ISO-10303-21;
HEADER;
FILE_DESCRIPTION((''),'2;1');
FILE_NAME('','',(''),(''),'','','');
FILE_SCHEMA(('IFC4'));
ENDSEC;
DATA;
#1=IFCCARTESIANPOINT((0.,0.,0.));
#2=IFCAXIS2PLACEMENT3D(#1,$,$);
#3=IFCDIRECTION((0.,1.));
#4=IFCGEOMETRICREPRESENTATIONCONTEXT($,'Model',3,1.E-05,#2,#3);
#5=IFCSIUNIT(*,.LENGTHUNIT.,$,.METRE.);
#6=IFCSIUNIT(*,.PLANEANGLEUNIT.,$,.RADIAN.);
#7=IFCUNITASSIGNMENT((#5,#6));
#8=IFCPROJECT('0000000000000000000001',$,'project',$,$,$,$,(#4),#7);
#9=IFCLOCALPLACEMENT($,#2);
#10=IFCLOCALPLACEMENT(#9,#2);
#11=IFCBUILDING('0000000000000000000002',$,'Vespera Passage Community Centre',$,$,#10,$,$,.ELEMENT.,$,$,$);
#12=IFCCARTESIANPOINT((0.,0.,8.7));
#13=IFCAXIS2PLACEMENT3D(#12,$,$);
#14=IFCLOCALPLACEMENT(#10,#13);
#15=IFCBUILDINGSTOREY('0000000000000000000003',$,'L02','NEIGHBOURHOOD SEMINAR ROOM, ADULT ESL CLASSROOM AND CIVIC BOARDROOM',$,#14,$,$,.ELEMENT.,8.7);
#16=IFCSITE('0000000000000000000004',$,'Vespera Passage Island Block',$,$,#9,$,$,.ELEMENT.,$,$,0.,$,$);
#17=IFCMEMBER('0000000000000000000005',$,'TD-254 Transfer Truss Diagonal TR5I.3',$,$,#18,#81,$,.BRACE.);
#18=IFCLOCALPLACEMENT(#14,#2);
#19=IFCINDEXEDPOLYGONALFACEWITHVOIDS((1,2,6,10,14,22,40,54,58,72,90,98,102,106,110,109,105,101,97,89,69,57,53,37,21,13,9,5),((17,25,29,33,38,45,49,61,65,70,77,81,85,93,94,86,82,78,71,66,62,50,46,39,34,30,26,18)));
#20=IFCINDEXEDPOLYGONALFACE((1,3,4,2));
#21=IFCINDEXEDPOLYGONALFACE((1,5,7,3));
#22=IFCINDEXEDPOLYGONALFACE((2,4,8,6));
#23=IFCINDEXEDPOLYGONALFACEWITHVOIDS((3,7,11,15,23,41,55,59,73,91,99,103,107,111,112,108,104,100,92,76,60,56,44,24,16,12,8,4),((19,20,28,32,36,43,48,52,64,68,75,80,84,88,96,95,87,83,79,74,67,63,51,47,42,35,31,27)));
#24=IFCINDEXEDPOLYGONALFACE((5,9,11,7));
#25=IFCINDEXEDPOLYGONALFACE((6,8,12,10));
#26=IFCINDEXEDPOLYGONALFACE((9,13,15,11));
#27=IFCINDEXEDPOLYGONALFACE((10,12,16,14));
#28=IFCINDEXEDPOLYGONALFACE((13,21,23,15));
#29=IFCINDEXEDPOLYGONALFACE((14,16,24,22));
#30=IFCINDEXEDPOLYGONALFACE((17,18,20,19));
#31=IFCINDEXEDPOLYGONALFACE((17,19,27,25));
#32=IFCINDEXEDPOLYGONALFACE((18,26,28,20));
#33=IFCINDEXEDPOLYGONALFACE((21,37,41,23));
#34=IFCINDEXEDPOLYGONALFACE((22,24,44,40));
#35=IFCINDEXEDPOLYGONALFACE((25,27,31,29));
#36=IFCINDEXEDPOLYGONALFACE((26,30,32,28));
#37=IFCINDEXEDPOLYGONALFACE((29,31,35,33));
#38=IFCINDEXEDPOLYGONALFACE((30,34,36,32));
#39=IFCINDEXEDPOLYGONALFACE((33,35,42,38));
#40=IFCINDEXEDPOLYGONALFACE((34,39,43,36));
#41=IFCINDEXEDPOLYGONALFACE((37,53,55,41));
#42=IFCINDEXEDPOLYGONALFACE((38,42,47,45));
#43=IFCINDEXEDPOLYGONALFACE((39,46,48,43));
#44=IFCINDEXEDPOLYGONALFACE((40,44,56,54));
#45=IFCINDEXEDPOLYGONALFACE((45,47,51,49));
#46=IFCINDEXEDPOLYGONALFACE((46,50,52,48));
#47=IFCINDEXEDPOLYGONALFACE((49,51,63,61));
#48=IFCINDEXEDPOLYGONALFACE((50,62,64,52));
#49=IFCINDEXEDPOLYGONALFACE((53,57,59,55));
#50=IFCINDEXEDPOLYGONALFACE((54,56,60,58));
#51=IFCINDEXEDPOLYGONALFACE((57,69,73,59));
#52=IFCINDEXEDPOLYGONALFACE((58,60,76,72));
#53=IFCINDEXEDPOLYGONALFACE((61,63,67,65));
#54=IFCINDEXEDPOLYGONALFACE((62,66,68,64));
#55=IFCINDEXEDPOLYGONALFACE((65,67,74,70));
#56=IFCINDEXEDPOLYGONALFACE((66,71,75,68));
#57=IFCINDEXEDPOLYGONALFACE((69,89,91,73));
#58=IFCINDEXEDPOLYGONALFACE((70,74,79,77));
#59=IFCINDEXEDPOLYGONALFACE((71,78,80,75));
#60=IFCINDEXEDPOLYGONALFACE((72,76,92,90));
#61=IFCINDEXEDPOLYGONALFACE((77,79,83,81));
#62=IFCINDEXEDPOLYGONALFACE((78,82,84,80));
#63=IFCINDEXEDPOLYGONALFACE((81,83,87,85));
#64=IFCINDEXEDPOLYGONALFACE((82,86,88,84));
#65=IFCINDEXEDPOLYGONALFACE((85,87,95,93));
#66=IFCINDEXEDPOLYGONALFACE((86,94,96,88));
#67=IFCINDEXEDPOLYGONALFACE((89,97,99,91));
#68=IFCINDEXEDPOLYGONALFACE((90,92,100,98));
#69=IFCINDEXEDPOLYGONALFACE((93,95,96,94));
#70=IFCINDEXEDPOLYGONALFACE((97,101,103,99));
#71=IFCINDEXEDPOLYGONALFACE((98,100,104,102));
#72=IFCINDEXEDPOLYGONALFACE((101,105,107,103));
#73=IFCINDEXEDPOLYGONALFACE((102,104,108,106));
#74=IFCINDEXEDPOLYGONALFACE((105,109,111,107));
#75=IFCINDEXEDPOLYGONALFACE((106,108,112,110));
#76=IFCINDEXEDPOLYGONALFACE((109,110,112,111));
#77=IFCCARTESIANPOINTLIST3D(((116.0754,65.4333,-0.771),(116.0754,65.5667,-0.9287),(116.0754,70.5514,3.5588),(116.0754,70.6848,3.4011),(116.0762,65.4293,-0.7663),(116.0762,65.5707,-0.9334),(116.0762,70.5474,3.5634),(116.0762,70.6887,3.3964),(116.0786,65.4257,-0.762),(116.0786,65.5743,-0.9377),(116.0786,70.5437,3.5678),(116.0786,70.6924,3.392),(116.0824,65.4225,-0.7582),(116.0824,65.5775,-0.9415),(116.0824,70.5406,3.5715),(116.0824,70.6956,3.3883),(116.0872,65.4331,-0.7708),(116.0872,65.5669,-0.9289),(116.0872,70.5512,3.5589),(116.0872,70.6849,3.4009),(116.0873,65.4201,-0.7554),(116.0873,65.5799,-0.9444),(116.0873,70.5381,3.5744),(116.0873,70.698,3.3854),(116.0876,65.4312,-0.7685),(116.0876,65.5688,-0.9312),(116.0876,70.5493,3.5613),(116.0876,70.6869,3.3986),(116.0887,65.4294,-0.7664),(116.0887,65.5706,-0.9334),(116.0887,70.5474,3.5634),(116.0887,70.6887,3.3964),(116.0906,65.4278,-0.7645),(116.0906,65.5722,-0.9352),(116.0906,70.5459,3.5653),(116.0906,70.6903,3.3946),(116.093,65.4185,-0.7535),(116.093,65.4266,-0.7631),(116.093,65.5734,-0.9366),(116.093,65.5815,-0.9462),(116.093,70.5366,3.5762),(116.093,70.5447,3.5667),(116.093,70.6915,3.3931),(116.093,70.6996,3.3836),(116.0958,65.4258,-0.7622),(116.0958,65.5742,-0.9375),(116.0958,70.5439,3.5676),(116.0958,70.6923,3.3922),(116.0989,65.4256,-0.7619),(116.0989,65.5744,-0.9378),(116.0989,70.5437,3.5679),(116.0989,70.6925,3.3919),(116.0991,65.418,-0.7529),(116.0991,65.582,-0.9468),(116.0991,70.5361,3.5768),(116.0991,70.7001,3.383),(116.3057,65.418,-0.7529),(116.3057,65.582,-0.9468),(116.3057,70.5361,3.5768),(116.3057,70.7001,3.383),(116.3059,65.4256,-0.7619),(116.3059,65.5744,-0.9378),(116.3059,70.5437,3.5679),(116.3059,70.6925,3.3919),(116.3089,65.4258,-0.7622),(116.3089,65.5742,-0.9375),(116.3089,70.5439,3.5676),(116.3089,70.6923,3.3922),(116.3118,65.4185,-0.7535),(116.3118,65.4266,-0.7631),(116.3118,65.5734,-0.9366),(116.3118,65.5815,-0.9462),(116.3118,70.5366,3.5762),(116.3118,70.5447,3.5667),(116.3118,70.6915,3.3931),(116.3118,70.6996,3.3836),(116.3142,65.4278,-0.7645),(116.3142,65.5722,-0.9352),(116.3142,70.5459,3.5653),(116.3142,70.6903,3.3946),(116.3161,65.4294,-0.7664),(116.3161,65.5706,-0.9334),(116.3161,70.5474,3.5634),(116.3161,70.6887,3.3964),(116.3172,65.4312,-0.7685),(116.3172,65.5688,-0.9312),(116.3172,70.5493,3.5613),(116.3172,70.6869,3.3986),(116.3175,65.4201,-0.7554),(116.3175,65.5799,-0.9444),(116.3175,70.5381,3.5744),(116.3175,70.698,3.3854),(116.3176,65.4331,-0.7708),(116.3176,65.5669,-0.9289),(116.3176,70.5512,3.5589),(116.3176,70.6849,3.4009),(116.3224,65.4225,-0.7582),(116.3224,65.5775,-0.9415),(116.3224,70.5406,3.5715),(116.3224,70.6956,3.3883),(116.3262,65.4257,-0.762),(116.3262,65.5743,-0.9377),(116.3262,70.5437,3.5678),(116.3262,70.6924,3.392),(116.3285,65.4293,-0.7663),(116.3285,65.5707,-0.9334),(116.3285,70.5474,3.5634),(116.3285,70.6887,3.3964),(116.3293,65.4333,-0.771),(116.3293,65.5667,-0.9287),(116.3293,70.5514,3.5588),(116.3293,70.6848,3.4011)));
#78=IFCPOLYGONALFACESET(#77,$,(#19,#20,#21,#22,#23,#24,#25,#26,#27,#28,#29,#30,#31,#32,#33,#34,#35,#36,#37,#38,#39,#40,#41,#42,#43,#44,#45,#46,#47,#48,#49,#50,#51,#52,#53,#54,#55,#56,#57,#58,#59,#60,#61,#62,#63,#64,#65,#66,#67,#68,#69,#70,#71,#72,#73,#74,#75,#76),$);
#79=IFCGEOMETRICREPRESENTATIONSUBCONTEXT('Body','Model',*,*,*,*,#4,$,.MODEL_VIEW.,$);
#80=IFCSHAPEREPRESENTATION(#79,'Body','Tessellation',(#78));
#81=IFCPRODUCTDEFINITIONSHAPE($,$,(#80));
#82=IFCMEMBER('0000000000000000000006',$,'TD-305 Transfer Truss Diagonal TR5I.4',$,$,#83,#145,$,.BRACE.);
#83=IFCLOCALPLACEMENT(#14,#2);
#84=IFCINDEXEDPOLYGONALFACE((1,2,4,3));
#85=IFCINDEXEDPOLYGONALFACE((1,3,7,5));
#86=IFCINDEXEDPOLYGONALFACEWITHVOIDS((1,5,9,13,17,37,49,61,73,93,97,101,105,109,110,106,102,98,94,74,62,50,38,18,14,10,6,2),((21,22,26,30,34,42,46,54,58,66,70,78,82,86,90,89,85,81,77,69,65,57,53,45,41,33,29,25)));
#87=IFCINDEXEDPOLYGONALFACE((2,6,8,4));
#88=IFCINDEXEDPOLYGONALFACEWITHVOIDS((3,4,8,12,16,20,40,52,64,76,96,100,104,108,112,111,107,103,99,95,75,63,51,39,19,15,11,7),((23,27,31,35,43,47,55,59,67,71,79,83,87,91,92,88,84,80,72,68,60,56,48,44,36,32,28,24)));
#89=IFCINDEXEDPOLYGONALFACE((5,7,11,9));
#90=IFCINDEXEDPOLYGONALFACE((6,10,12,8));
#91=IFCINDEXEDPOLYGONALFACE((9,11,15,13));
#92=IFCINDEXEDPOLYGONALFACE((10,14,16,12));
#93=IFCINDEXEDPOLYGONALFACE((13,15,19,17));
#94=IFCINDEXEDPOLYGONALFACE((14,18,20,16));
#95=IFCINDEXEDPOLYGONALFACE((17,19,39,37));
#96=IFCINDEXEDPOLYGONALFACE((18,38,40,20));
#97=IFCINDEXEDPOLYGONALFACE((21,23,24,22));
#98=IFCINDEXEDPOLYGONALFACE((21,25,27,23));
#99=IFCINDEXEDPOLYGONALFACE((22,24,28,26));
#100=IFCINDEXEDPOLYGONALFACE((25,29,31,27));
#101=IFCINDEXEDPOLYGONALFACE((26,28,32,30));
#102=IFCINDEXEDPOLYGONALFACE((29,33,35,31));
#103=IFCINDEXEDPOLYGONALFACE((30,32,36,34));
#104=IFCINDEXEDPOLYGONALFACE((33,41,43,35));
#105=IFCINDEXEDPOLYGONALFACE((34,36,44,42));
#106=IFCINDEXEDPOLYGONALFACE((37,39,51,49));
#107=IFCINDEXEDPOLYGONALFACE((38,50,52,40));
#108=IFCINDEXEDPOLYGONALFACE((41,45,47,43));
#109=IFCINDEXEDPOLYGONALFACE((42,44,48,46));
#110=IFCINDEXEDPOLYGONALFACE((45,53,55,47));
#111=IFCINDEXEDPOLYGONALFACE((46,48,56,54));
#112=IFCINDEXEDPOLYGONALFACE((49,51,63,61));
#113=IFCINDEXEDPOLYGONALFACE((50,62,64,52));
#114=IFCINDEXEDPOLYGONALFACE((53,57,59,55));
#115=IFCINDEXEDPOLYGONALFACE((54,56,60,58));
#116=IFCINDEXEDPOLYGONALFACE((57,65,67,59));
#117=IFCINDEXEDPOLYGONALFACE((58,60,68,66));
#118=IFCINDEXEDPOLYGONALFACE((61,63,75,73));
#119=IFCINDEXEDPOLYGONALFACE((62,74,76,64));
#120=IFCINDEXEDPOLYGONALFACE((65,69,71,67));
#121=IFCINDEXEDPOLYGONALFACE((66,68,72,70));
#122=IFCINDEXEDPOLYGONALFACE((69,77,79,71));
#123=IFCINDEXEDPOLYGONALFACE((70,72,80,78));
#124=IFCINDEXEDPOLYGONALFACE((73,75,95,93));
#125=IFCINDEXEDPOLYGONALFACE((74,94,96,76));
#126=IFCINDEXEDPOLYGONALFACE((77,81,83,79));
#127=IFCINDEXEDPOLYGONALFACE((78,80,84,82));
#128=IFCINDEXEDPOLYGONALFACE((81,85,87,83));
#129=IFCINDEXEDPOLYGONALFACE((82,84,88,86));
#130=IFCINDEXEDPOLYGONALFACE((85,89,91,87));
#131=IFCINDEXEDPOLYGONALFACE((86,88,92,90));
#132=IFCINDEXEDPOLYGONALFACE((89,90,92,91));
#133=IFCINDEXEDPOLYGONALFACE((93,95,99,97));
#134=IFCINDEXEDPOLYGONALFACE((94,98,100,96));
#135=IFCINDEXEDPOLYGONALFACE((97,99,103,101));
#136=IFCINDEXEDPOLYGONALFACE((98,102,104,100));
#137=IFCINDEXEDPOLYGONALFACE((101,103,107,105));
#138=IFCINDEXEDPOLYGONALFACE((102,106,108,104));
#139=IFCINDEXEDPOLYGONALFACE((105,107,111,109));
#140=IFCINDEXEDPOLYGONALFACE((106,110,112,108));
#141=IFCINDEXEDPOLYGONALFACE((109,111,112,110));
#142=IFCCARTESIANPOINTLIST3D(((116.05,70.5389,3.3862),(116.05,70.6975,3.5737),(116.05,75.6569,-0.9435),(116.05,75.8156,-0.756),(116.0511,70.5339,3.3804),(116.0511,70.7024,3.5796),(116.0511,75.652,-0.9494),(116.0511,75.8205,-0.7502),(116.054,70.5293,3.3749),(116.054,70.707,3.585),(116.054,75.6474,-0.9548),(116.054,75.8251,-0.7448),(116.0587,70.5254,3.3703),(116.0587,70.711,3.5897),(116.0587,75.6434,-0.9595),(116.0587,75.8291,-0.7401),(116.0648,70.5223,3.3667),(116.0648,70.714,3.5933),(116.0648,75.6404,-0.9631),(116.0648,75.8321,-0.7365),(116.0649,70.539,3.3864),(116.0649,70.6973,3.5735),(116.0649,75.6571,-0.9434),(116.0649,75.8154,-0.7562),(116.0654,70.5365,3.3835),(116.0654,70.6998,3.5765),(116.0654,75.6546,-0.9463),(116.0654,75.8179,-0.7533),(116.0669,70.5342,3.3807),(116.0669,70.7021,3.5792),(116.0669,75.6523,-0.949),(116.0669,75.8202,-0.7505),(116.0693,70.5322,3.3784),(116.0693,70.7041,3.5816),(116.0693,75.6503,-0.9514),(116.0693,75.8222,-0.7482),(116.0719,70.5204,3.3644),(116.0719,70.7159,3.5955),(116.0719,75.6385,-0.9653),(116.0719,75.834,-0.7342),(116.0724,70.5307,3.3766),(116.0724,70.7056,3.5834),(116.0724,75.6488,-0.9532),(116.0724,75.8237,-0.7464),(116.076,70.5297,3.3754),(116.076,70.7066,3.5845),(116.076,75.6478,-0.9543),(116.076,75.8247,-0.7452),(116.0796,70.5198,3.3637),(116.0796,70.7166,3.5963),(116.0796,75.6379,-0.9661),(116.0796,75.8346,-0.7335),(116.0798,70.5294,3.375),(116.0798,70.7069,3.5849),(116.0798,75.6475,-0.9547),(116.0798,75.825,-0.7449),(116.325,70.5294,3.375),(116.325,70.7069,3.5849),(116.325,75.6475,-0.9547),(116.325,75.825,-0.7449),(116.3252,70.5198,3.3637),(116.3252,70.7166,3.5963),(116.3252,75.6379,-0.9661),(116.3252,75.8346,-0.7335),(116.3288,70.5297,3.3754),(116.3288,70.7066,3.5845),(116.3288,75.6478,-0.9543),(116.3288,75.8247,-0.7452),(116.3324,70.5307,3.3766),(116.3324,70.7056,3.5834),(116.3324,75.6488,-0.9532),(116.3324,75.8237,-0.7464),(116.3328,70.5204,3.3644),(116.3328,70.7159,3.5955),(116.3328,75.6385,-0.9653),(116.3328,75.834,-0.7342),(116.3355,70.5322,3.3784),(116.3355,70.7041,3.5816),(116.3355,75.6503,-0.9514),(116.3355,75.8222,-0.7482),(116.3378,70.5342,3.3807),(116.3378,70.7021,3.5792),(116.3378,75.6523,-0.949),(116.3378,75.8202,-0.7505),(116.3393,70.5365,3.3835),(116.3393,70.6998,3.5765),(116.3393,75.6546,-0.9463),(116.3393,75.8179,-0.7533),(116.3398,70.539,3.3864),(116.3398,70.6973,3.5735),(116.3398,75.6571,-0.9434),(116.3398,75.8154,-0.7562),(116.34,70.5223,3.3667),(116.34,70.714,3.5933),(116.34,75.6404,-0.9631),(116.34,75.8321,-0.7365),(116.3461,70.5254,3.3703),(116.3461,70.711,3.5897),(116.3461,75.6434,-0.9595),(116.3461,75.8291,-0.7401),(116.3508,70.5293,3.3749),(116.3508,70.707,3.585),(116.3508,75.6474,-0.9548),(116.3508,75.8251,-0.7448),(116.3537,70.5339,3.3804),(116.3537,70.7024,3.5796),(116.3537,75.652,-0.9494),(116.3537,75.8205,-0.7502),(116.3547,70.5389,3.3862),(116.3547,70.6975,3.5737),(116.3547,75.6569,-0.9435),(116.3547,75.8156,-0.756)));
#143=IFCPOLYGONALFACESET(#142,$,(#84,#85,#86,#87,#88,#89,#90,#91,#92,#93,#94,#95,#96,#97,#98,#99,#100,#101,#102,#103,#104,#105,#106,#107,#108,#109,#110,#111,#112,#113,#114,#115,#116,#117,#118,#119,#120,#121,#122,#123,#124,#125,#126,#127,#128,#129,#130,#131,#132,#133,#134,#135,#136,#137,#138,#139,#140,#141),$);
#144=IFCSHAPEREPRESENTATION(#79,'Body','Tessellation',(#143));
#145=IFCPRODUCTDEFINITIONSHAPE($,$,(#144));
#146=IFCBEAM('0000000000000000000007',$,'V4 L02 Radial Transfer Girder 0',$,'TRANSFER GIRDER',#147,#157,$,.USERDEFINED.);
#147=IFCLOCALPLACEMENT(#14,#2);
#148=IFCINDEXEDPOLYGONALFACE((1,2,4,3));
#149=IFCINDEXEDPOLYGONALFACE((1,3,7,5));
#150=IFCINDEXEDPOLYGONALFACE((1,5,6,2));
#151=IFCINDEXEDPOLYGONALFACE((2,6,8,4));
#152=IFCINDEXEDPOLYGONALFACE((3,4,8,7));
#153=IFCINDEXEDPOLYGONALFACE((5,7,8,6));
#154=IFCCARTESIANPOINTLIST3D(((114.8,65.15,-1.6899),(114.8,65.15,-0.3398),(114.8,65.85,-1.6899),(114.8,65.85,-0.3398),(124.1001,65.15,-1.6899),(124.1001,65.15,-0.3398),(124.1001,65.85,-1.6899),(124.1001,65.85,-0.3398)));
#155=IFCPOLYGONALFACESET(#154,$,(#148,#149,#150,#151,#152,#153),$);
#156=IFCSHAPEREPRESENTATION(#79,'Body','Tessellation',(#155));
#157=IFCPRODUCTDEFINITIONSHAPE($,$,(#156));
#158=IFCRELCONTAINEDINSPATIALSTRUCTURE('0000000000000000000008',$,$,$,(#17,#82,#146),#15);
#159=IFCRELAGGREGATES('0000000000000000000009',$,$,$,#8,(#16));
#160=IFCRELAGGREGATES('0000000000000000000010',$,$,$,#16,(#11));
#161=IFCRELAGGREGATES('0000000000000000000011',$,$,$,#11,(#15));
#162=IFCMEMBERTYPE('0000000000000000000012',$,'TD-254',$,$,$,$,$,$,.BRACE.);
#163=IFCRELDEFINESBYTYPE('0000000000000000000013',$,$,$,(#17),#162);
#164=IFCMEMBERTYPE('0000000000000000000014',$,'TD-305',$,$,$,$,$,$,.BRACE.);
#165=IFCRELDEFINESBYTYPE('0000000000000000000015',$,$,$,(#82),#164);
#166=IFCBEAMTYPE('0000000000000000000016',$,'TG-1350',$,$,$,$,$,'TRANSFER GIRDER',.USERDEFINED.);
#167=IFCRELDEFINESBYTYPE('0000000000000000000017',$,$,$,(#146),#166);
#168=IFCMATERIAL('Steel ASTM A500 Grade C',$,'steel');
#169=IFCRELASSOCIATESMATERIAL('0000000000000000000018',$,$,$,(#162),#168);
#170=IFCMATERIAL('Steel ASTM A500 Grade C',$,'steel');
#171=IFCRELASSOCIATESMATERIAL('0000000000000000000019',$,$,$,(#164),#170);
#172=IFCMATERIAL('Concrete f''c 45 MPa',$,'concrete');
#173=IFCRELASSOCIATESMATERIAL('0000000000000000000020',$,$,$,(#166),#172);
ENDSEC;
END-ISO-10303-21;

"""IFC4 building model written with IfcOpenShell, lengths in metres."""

from ifc_helpers import new_model, si_unit, direction, frame, origin, origin_2d, place, context, subcontext, project, spatial, rectangle, hollow_rectangle, extrude, material, material_profile, profile_set, type_object, element, save


model = new_model("IFC4")

# Units and contexts
model_context = context("Model", 3, precision=1e-05, world=origin(), true_north=direction((0.0, 1.0)))
body_context = subcontext(model_context, "Body", "Model", "MODEL_VIEW")
ifc_project = project(units=[si_unit("LENGTHUNIT", "METRE"), si_unit("PLANEANGLEUNIT", "RADIAN")], contexts=[model_context])

# Site, building, storey
site_placement = place(None, origin())
site = spatial("IfcSite", under=ifc_project, at=site_placement, Name="Vespera Passage Island Block", CompositionType="ELEMENT", RefElevation=0.0)
building_placement = place(site_placement, origin())
building = spatial("IfcBuilding", under=site, at=building_placement, Name="Vespera Passage Community Centre", CompositionType="ELEMENT")
storey_placement = place(building_placement, frame((0.0, 0.0, 8.7)))
storey = spatial("IfcBuildingStorey", under=building, at=storey_placement, Name="L02", Description="NEIGHBOURHOOD SEMINAR ROOM, ADULT ESL CLASSROOM AND CIVIC BOARDROOM", CompositionType="ELEMENT", Elevation=8.7)

# Members
ifc_material_1 = material(Name="Steel ASTM A500 Grade C", Category="steel")
ifc_material_profile_1 = material_profile(ifc_material_1, hollow_rectangle(XDim=0.2539, YDim=0.2539, WallThickness=0.0117, InnerFilletRadius=0.0117, OuterFilletRadius=0.0237, at=origin_2d()), Name="HSS254X254X12.7")
ifc_profile_set_1 = profile_set([ifc_material_profile_1], Name="Steel ASTM A500 Grade C")
member_type_1 = type_object("IfcMemberType", Name="TD-254", PredefinedType="BRACE", material=ifc_profile_set_1)
for number, where, z_axis, x_axis, name in (
    (1, (116.2024, 65.5, -0.8499), (0.0, 0.763454, 0.645862), (-1.0, 0.0, 0.0), "TD-254 Transfer Truss Diagonal TR5I.3"),
):
    element("IfcMember", number, at=place(storey_placement, frame(where, z_axis=z_axis, x_axis=x_axis)), inside=storey, type_object=member_type_1, Name=name, PredefinedType="BRACE", context=body_context, shape_type="SweptSolid", body=[
        extrude(hollow_rectangle(XDim=0.2539, YDim=0.2539, WallThickness=0.0117, InnerFilletRadius=0.0117, OuterFilletRadius=0.0237, at=origin_2d()), origin(), (0.0, 0.0, 1.0), 6.7039),
    ])
ifc_material_2 = material(Name="Steel ASTM A500 Grade C", Category="steel")
ifc_material_profile_2 = material_profile(ifc_material_2, hollow_rectangle(XDim=0.3047, YDim=0.3047, WallThickness=0.0149, InnerFilletRadius=0.0149, OuterFilletRadius=0.0295, at=origin_2d()), Name="HSS305X305X15.9")
ifc_profile_set_2 = profile_set([ifc_material_profile_2], Name="Steel ASTM A500 Grade C")
member_type_2 = type_object("IfcMemberType", Name="TD-305", PredefinedType="BRACE", material=ifc_profile_set_2)
member_1_placement = place(storey_placement, frame((116.2024, 70.6182, 3.48), z_axis=(0.0, 0.763454, -0.645862), x_axis=(-1.0, 0.0, 0.0)))
element("IfcMember", 2, at=member_1_placement, inside=storey, type_object=member_type_2, Name="TD-305 Transfer Truss Diagonal TR5I.4", PredefinedType="BRACE", context=body_context, shape_type="SweptSolid", body=[
    extrude(hollow_rectangle(XDim=0.3047, YDim=0.3047, WallThickness=0.0149, InnerFilletRadius=0.0149, OuterFilletRadius=0.0295, at=origin_2d()), origin(), (0.0, 0.0, 1.0), 6.7039),
])

# Beam
ifc_material_3 = material(Name="Concrete f'c 45 MPa", Category="concrete")
ifc_material_profile_3 = material_profile(ifc_material_3, rectangle(XDim=0.7, YDim=1.3501, at=origin_2d()), Name="RC700X1350")
ifc_profile_set_3 = profile_set([ifc_material_profile_3], Name="Concrete f'c 45 MPa")
beam_type_1 = type_object("IfcBeamType", Name="TG-1350", ElementType="TRANSFER GIRDER", PredefinedType="USERDEFINED", material=ifc_profile_set_3)
beam_1_placement = place(storey_placement, frame((114.8, 65.5, -1.0149), z_axis=(1.0, 0.0, 0.0), x_axis=(0.0, 1.0, 0.0)))
element("IfcBeam", 3, at=beam_1_placement, inside=storey, type_object=beam_type_1, Name="V4 L02 Radial Transfer Girder 0", ObjectType="TRANSFER GIRDER", PredefinedType="USERDEFINED", context=body_context, shape_type="SweptSolid", body=[
    extrude(rectangle(XDim=0.7, YDim=1.3501, at=origin_2d()), origin(), (0.0, 0.0, 1.0), 9.3),
])

save(model, "model.ifc")
